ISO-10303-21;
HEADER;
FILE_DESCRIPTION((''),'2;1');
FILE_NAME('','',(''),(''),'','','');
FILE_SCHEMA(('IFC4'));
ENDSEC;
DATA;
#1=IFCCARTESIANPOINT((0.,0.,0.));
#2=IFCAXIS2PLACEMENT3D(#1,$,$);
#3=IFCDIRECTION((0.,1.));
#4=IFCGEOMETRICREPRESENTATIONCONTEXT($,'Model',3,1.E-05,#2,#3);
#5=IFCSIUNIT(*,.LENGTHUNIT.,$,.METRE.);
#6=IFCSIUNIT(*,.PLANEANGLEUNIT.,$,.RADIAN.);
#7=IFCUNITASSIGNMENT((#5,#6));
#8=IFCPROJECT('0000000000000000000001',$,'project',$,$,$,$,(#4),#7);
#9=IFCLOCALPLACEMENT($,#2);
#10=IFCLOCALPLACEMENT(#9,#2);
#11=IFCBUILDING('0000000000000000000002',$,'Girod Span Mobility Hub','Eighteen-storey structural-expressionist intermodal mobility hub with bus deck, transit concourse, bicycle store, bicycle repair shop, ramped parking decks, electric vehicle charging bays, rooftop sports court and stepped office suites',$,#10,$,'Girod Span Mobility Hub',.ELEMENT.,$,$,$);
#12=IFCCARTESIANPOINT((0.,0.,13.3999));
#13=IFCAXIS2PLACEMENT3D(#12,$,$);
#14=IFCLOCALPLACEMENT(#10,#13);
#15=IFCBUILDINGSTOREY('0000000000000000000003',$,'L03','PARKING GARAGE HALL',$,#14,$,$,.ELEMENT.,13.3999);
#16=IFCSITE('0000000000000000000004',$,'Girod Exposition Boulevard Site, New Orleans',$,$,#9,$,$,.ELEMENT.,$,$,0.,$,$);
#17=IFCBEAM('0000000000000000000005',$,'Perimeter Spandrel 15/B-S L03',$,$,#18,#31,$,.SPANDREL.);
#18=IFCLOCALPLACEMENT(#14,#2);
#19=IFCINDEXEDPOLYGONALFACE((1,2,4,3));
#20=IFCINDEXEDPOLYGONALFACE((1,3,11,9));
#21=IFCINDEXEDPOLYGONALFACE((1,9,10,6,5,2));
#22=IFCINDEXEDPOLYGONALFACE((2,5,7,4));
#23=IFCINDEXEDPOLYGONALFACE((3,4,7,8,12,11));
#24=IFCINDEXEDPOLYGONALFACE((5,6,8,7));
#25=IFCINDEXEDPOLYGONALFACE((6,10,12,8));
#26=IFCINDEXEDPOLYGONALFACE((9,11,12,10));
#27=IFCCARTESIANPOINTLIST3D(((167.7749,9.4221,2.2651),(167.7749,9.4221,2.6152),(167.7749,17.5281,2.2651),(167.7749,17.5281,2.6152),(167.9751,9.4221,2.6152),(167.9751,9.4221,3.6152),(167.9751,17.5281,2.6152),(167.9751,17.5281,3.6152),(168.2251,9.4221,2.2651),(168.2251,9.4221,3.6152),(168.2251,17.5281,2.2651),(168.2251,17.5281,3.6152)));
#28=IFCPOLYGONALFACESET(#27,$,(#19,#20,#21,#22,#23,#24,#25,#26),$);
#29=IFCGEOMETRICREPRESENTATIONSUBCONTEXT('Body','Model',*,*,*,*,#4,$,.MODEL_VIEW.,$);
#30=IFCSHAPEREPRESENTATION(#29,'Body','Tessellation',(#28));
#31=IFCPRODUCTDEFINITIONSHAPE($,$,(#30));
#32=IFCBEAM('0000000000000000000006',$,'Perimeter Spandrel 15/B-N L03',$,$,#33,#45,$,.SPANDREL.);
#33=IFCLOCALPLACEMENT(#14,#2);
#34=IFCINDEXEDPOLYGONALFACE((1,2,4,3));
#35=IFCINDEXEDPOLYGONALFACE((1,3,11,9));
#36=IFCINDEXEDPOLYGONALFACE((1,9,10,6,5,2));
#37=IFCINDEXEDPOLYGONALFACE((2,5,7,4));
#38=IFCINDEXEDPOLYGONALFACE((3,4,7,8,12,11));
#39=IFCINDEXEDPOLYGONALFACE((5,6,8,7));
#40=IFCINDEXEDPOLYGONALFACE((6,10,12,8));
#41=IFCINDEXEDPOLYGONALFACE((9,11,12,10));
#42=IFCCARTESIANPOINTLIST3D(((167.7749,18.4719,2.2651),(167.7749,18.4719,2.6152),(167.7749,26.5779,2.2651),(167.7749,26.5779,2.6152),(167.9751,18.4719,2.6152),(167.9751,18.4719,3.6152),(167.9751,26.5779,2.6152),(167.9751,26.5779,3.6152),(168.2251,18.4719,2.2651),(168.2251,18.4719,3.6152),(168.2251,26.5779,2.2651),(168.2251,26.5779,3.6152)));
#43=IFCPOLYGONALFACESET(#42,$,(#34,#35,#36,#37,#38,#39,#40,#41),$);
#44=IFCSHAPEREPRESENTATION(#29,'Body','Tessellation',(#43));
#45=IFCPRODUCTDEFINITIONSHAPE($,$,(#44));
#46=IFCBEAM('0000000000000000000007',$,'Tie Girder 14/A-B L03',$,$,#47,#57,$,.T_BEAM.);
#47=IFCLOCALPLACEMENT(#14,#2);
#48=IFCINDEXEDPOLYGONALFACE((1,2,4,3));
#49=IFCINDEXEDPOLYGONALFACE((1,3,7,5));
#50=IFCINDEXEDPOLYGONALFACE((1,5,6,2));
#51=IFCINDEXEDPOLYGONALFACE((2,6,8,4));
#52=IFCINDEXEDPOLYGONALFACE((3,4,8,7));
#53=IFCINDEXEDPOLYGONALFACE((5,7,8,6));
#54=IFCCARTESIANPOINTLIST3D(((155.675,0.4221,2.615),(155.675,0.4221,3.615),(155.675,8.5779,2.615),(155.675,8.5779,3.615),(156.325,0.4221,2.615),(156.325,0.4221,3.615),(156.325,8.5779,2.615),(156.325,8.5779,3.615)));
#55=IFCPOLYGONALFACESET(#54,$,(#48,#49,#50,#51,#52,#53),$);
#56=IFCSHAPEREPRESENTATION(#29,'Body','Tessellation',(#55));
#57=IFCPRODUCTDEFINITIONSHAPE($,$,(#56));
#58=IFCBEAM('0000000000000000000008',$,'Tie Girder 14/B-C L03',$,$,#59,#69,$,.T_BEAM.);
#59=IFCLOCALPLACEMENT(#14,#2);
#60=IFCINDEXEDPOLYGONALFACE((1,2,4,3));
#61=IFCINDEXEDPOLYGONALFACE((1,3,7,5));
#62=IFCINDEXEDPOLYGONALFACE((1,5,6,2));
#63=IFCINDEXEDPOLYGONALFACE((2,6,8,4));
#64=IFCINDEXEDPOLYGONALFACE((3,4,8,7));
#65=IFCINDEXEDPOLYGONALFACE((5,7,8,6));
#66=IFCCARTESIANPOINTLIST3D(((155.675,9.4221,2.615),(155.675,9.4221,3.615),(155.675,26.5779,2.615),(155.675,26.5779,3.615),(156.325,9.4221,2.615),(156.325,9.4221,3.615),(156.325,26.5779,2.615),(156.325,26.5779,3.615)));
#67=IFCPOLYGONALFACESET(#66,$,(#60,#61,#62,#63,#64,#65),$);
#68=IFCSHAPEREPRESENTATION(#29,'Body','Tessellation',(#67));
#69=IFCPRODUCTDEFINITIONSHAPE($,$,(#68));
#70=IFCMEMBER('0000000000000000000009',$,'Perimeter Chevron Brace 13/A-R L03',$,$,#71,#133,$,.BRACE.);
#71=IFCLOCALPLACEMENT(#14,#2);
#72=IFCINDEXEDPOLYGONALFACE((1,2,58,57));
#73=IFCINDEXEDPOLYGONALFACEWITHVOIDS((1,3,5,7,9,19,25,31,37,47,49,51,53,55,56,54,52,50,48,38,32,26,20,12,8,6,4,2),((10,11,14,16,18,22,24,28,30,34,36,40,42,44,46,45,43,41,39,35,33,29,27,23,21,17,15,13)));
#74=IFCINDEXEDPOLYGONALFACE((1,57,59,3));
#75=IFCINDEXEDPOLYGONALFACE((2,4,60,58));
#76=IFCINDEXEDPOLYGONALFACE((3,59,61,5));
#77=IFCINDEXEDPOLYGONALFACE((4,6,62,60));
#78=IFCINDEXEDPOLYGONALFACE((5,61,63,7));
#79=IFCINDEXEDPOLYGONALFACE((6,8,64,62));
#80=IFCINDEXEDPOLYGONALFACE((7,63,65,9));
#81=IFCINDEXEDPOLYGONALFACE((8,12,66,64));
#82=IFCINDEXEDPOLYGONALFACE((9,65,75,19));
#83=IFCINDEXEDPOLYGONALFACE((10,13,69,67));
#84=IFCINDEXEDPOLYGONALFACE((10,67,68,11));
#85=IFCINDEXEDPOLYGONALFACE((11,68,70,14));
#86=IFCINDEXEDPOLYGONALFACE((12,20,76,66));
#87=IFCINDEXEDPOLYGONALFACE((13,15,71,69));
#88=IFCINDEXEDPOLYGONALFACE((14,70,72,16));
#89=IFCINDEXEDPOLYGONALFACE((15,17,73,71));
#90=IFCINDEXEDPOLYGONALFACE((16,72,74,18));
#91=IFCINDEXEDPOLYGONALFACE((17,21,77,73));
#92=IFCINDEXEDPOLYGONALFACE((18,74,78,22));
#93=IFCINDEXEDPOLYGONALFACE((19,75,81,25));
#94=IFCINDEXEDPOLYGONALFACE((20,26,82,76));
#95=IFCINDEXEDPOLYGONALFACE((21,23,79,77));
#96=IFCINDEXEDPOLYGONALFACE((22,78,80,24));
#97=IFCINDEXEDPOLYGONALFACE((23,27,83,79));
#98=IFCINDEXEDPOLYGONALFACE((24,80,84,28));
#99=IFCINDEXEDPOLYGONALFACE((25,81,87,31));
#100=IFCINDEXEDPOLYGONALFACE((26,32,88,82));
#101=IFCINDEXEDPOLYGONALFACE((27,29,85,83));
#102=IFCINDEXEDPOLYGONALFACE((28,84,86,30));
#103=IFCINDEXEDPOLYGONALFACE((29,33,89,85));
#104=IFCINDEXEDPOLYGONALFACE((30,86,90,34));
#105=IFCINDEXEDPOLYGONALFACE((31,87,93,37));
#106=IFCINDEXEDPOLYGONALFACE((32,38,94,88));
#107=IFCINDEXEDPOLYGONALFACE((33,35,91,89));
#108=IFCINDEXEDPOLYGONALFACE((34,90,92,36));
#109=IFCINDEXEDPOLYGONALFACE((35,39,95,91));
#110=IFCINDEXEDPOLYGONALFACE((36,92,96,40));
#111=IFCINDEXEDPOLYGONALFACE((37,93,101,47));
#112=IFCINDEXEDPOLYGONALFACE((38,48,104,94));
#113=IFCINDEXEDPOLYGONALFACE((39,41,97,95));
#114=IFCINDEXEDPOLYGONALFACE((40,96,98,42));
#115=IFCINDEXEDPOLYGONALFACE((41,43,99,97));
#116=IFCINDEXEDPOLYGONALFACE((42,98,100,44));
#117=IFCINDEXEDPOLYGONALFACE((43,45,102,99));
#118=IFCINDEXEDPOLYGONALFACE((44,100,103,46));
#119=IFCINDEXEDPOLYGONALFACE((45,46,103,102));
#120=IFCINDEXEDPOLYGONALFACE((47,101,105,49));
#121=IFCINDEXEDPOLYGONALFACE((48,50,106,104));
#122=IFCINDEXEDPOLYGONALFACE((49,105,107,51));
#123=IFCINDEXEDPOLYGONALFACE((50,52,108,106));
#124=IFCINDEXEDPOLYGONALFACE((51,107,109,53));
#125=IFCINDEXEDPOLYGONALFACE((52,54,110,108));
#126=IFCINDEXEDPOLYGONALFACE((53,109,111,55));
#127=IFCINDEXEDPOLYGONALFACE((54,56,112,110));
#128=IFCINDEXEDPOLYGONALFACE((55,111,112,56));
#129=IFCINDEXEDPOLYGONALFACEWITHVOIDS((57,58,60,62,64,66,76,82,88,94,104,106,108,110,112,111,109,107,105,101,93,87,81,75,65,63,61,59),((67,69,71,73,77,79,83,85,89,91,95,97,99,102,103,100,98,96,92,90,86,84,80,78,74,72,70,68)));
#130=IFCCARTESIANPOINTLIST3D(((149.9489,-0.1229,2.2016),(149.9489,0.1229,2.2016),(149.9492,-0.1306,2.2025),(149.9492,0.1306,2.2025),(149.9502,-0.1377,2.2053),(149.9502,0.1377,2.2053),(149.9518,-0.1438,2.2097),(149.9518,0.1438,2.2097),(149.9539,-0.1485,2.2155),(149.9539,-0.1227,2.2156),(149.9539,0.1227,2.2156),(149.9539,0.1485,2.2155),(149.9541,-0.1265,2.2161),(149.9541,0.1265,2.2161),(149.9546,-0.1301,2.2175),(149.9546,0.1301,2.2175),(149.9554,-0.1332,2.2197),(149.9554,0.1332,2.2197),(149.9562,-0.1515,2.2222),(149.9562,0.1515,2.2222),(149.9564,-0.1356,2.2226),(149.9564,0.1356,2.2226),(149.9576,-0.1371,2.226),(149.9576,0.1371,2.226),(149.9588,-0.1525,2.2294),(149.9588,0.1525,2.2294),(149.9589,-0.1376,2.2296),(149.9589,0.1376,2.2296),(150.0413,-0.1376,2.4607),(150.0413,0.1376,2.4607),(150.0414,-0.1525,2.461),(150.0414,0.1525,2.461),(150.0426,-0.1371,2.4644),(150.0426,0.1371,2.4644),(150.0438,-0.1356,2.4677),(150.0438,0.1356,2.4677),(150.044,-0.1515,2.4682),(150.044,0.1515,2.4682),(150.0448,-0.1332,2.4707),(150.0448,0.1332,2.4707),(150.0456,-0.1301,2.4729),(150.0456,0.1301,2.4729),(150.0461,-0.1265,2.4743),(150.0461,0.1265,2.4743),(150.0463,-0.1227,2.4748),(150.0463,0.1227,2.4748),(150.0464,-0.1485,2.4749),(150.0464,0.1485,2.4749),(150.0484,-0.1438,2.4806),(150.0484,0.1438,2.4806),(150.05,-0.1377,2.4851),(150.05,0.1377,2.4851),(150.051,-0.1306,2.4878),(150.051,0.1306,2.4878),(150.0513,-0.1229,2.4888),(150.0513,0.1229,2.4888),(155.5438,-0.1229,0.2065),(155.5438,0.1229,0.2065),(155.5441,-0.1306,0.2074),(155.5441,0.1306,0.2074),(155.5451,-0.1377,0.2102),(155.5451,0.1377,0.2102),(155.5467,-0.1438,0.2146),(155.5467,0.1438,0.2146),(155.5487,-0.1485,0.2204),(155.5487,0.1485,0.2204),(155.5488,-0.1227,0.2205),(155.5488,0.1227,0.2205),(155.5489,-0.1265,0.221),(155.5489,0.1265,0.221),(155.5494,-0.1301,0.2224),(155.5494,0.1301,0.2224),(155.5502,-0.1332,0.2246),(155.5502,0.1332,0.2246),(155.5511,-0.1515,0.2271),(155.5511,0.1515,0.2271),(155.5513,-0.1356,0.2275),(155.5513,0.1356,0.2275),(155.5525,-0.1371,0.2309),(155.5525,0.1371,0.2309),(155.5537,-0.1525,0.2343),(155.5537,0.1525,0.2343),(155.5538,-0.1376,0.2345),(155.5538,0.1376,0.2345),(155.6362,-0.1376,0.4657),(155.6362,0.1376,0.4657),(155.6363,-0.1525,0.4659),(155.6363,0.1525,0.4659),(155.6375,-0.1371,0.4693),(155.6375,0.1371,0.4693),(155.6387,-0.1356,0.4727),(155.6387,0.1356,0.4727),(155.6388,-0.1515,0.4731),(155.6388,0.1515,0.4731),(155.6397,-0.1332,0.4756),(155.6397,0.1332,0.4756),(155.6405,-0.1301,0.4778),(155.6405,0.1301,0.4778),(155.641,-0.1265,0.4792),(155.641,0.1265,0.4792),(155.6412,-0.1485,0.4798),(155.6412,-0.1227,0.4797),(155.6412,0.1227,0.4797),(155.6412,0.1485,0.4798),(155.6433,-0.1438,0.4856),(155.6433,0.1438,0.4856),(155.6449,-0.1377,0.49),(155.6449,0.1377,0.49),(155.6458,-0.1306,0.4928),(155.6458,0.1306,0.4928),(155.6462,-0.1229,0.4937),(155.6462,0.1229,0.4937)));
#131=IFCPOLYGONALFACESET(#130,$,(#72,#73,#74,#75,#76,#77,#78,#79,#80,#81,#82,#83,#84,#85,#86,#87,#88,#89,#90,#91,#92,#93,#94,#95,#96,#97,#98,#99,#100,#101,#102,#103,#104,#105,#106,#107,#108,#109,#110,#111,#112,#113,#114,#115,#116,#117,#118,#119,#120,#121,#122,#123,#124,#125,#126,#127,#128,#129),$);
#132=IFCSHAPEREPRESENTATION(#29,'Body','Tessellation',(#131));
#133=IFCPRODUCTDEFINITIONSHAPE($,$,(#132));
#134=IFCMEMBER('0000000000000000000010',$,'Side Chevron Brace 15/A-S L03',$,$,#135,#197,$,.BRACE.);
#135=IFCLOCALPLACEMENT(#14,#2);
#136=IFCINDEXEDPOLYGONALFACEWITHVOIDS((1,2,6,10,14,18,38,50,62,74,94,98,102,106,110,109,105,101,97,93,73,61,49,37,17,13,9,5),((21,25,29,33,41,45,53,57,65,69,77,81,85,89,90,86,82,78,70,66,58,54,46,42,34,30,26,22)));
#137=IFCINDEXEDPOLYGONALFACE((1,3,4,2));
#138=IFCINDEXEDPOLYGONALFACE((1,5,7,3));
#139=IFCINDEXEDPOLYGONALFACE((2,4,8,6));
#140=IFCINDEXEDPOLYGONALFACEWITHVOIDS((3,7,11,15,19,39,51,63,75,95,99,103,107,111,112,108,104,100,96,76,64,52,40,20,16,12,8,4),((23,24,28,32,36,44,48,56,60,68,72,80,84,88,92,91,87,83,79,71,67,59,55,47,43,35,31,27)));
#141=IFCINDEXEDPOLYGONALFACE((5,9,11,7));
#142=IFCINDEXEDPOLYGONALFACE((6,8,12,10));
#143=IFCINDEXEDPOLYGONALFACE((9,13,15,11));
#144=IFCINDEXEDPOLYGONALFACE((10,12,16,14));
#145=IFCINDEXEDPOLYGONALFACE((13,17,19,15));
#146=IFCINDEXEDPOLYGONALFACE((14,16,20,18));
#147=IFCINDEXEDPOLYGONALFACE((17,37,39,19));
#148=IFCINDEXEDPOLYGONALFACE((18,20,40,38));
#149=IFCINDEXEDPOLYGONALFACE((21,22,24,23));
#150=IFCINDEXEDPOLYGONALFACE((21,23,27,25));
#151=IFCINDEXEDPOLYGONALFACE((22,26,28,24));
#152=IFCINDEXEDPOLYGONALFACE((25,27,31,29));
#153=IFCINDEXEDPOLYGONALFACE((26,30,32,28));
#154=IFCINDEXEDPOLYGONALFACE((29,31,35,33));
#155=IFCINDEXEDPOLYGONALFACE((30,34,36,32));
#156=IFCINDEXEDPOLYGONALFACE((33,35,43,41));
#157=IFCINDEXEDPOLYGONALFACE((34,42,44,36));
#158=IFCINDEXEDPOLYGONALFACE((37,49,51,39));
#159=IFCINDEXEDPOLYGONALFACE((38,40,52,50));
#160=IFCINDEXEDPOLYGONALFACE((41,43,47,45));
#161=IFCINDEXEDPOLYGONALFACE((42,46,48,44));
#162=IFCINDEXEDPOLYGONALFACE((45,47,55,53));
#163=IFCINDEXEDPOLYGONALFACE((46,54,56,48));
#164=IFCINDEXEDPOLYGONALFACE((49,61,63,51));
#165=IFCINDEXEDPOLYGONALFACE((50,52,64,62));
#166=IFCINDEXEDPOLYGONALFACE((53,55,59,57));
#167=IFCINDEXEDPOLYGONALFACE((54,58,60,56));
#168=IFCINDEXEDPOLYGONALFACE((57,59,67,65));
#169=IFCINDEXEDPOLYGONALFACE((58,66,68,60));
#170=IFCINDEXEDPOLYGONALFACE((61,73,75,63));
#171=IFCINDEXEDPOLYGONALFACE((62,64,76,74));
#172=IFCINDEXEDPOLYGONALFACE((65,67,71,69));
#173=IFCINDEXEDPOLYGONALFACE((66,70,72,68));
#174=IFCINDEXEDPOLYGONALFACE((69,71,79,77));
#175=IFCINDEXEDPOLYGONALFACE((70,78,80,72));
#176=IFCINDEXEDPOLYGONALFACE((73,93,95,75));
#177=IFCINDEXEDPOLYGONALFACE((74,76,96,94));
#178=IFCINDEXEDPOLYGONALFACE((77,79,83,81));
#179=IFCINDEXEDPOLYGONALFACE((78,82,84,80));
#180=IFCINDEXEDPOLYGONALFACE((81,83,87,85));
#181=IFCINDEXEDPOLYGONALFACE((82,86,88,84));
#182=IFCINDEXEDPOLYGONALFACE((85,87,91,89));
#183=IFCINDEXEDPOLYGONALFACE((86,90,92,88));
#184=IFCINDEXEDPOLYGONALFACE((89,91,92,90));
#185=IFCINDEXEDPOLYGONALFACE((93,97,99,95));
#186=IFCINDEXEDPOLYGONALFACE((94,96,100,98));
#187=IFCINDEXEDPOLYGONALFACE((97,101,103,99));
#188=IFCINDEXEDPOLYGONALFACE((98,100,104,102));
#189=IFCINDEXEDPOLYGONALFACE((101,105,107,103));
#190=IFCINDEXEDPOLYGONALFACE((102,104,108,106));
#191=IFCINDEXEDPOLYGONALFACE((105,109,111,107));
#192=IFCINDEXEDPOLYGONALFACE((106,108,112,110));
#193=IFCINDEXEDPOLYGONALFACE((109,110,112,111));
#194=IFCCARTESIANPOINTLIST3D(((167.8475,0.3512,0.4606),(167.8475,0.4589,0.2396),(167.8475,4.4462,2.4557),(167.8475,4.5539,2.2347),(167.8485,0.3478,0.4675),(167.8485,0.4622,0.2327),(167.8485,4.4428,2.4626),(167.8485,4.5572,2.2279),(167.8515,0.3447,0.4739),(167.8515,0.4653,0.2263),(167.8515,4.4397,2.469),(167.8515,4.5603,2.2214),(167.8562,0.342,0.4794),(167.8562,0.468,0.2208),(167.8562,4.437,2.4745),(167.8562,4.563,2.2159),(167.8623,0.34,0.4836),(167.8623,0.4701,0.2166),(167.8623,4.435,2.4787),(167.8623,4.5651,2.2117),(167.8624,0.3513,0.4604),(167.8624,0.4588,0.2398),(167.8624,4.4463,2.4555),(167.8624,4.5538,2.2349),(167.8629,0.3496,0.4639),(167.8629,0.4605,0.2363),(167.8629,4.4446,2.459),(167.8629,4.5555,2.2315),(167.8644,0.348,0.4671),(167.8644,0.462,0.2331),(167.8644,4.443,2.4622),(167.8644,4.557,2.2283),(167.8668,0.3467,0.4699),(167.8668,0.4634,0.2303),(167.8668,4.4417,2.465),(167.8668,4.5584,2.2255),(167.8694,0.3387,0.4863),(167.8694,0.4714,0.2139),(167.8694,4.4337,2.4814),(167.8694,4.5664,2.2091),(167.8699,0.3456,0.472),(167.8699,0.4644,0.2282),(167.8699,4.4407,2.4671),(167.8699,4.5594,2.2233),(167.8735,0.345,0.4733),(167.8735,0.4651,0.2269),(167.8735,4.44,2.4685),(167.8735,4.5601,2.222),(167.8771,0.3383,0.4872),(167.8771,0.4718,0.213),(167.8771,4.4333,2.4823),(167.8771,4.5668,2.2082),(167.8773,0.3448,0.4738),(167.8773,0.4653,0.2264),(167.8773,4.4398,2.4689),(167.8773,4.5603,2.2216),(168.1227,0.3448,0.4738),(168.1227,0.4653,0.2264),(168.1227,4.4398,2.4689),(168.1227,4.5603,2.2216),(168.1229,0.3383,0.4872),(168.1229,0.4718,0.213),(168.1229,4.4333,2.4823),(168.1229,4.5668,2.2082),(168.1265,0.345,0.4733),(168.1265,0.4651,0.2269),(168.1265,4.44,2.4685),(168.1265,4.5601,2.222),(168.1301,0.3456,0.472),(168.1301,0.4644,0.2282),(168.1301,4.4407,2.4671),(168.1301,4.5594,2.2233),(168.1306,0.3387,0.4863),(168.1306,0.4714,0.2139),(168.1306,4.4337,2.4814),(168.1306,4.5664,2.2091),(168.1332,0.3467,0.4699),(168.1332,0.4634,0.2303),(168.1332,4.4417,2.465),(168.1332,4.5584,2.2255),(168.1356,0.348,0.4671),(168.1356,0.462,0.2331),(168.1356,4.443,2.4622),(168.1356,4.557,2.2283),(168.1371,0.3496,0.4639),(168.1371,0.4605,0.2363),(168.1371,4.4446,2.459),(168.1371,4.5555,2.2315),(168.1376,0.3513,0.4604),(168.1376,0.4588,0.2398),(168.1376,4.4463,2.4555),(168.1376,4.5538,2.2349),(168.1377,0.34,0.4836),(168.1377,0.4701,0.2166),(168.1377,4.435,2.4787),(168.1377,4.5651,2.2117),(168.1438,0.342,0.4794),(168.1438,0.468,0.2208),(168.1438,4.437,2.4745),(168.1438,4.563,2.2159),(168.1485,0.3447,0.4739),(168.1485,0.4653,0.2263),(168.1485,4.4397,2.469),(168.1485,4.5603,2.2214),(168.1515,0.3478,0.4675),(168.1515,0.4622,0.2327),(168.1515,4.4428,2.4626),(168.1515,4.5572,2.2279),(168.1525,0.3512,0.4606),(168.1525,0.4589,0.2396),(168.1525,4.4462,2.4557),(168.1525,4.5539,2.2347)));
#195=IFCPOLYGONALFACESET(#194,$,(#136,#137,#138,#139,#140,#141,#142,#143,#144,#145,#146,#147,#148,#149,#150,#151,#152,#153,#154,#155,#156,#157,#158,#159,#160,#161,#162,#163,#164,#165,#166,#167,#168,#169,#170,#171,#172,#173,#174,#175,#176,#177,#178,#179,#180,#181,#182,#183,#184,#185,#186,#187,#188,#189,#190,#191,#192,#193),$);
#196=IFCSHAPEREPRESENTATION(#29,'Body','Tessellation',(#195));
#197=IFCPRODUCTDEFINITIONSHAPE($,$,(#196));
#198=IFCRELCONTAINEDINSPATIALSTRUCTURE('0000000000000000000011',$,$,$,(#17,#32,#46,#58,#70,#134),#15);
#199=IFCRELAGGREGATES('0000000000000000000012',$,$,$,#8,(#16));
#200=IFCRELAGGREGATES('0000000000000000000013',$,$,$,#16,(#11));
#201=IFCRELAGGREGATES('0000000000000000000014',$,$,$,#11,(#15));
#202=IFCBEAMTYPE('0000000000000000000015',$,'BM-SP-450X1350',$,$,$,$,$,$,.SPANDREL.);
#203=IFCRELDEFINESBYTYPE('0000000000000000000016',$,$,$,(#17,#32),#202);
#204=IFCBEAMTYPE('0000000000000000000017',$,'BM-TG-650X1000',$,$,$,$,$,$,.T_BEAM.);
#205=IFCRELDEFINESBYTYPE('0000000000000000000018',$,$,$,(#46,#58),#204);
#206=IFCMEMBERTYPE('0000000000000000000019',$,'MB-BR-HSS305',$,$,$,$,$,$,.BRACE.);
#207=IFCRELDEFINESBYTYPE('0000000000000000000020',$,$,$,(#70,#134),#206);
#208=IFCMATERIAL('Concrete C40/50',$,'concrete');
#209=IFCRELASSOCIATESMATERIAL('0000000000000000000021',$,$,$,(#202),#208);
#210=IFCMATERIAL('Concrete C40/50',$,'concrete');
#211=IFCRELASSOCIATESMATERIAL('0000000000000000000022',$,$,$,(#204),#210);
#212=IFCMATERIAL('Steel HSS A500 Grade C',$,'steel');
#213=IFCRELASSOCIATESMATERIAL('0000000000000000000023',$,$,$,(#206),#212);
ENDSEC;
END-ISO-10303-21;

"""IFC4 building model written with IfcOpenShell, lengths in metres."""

from ifc_helpers import new_model, si_unit, direction, frame, origin, origin_2d, place, context, subcontext, project, spatial, polyline, rectangle, hollow_rectangle, outline, extrude, material, material_profile, profile_set, type_object, element, save


model = new_model("IFC4")

# Units and contexts
model_context = context("Model", 3, precision=1e-05, world=origin(), true_north=direction((0.0, 1.0)))
body_context = subcontext(model_context, "Body", "Model", "MODEL_VIEW")
ifc_project = project(units=[si_unit("LENGTHUNIT", "METRE"), si_unit("PLANEANGLEUNIT", "RADIAN")], contexts=[model_context])

# Site, building, storey
site_placement = place(None, origin())
site = spatial("IfcSite", under=ifc_project, at=site_placement, Name="Girod Exposition Boulevard Site, New Orleans", CompositionType="ELEMENT", RefElevation=0.0)
building_placement = place(site_placement, origin())
building = spatial("IfcBuilding", under=site, at=building_placement, Name="Girod Span Mobility Hub", Description="Eighteen-storey structural-expressionist intermodal mobility hub with bus deck, transit concourse, bicycle store, bicycle repair shop, ramped parking decks, electric vehicle charging bays, rooftop sports court and stepped office suites", LongName="Girod Span Mobility Hub", CompositionType="ELEMENT")
storey_placement = place(building_placement, frame((0.0, 0.0, 13.3999)))
storey = spatial("IfcBuildingStorey", under=building, at=storey_placement, Name="L03", Description="PARKING GARAGE HALL", CompositionType="ELEMENT", Elevation=13.3999)

# Beams
ifc_material_1 = material(Name="Concrete C40/50", Category="concrete")
ifc_material_profile_1 = material_profile(ifc_material_1, outline(polyline([(-0.2251, -0.675), (0.2251, -0.675), (0.2251, -0.325), (0.0249, -0.325), (0.0249, 0.675), (-0.2251, 0.675), (-0.2251, -0.675)])), Name="SP-450X1350")
ifc_profile_set_1 = profile_set([ifc_material_profile_1], Name="Concrete C40/50")
beam_type_1 = type_object("IfcBeamType", Name="BM-SP-450X1350", PredefinedType="SPANDREL", material=ifc_profile_set_1)
for number, where, z_axis, x_axis, name in (
    (1, (168.0, 9.4221, 2.9402), (0.0, 1.0, 0.0), (-1.0, 0.0, 0.0), "Perimeter Spandrel 15/B-S L03"),
    (2, (168.0, 18.4719, 2.9402), (0.0, 1.0, 0.0), (-1.0, 0.0, 0.0), "Perimeter Spandrel 15/B-N L03"),
):
    element("IfcBeam", number, at=place(storey_placement, frame(where, z_axis=z_axis, x_axis=x_axis)), inside=storey, type_object=beam_type_1, Name=name, PredefinedType="SPANDREL", context=body_context, shape_type="SweptSolid", body=[
        extrude(outline(polyline([(-0.2251, -0.675), (0.2251, -0.675), (0.2251, -0.325), (0.0249, -0.325), (0.0249, 0.675), (-0.2251, 0.675), (-0.2251, -0.675)])), origin(), (0.0, 0.0, 1.0), 8.106),
    ])
ifc_material_2 = material(Name="Concrete C40/50", Category="concrete")
ifc_material_profile_2 = material_profile(ifc_material_2, rectangle(XDim=0.6499, YDim=1.0, at=origin_2d()), Name="TG-650X1000")
ifc_profile_set_2 = profile_set([ifc_material_profile_2], Name="Concrete C40/50")
beam_type_2 = type_object("IfcBeamType", Name="BM-TG-650X1000", PredefinedType="T_BEAM", material=ifc_profile_set_2)
beam_1_placement = place(storey_placement, frame((156.0, 0.4221, 3.115), z_axis=(0.0, 1.0, 0.0), x_axis=(-1.0, 0.0, 0.0)))
element("IfcBeam", 3, at=beam_1_placement, inside=storey, type_object=beam_type_2, Name="Tie Girder 14/A-B L03", PredefinedType="T_BEAM", context=body_context, shape_type="SweptSolid", body=[
    extrude(rectangle(XDim=0.6499, YDim=1.0, at=origin_2d()), origin(), (0.0, 0.0, 1.0), 8.1558),
])
beam_2_placement = place(storey_placement, frame((156.0, 9.4221, 3.115), z_axis=(0.0, 1.0, 0.0), x_axis=(-1.0, 0.0, 0.0)))
element("IfcBeam", 4, at=beam_2_placement, inside=storey, type_object=beam_type_2, Name="Tie Girder 14/B-C L03", PredefinedType="T_BEAM", context=body_context, shape_type="SweptSolid", body=[
    extrude(rectangle(XDim=0.6499, YDim=1.0, at=origin_2d()), origin(), (0.0, 0.0, 1.0), 17.1558),
])

# Members
ifc_material_3 = material(Name="Steel HSS A500 Grade C", Category="steel")
ifc_material_profile_3 = material_profile(ifc_material_3, hollow_rectangle(XDim=0.3049, YDim=0.3049, WallThickness=0.0149, InnerFilletRadius=0.0149, OuterFilletRadius=0.0295, at=origin_2d()), Name="HSS305X305X16")
ifc_profile_set_3 = profile_set([ifc_material_profile_3], Name="Steel HSS A500 Grade C")
member_type = type_object("IfcMemberType", Name="MB-BR-HSS305", PredefinedType="BRACE", material=ifc_profile_set_3)
member_placement = place(storey_placement, frame((155.595, 0.0, 0.3501), z_axis=(-0.941906, 0.0, 0.335876), x_axis=(0.0, -1.0, 0.0)))
element("IfcMember", 5, at=member_placement, inside=storey, type_object=member_type, Name="Perimeter Chevron Brace 13/A-R L03", PredefinedType="BRACE", context=body_context, shape_type="SweptSolid", body=[
    extrude(hollow_rectangle(XDim=0.3049, YDim=0.3049, WallThickness=0.0149, InnerFilletRadius=0.0149, OuterFilletRadius=0.0295, at=origin_2d()), origin(), (0.0, 0.0, 1.0), 5.9399),
])
for number, where, z_axis, x_axis, name in (
    (6, (168.0, 0.405, 0.3501), (0.0, 0.898979, 0.437993), (-1.0, 0.0, 0.0), "Side Chevron Brace 15/A-S L03"),
):
    element("IfcMember", number, at=place(storey_placement, frame(where, z_axis=z_axis, x_axis=x_axis)), inside=storey, type_object=member_type, Name=name, PredefinedType="BRACE", context=body_context, shape_type="SweptSolid", body=[
        extrude(hollow_rectangle(XDim=0.3049, YDim=0.3049, WallThickness=0.0149, InnerFilletRadius=0.0149, OuterFilletRadius=0.0295, at=origin_2d()), origin(), (0.0, 0.0, 1.0), 4.5552),
    ])

save(model, "model.ifc")
